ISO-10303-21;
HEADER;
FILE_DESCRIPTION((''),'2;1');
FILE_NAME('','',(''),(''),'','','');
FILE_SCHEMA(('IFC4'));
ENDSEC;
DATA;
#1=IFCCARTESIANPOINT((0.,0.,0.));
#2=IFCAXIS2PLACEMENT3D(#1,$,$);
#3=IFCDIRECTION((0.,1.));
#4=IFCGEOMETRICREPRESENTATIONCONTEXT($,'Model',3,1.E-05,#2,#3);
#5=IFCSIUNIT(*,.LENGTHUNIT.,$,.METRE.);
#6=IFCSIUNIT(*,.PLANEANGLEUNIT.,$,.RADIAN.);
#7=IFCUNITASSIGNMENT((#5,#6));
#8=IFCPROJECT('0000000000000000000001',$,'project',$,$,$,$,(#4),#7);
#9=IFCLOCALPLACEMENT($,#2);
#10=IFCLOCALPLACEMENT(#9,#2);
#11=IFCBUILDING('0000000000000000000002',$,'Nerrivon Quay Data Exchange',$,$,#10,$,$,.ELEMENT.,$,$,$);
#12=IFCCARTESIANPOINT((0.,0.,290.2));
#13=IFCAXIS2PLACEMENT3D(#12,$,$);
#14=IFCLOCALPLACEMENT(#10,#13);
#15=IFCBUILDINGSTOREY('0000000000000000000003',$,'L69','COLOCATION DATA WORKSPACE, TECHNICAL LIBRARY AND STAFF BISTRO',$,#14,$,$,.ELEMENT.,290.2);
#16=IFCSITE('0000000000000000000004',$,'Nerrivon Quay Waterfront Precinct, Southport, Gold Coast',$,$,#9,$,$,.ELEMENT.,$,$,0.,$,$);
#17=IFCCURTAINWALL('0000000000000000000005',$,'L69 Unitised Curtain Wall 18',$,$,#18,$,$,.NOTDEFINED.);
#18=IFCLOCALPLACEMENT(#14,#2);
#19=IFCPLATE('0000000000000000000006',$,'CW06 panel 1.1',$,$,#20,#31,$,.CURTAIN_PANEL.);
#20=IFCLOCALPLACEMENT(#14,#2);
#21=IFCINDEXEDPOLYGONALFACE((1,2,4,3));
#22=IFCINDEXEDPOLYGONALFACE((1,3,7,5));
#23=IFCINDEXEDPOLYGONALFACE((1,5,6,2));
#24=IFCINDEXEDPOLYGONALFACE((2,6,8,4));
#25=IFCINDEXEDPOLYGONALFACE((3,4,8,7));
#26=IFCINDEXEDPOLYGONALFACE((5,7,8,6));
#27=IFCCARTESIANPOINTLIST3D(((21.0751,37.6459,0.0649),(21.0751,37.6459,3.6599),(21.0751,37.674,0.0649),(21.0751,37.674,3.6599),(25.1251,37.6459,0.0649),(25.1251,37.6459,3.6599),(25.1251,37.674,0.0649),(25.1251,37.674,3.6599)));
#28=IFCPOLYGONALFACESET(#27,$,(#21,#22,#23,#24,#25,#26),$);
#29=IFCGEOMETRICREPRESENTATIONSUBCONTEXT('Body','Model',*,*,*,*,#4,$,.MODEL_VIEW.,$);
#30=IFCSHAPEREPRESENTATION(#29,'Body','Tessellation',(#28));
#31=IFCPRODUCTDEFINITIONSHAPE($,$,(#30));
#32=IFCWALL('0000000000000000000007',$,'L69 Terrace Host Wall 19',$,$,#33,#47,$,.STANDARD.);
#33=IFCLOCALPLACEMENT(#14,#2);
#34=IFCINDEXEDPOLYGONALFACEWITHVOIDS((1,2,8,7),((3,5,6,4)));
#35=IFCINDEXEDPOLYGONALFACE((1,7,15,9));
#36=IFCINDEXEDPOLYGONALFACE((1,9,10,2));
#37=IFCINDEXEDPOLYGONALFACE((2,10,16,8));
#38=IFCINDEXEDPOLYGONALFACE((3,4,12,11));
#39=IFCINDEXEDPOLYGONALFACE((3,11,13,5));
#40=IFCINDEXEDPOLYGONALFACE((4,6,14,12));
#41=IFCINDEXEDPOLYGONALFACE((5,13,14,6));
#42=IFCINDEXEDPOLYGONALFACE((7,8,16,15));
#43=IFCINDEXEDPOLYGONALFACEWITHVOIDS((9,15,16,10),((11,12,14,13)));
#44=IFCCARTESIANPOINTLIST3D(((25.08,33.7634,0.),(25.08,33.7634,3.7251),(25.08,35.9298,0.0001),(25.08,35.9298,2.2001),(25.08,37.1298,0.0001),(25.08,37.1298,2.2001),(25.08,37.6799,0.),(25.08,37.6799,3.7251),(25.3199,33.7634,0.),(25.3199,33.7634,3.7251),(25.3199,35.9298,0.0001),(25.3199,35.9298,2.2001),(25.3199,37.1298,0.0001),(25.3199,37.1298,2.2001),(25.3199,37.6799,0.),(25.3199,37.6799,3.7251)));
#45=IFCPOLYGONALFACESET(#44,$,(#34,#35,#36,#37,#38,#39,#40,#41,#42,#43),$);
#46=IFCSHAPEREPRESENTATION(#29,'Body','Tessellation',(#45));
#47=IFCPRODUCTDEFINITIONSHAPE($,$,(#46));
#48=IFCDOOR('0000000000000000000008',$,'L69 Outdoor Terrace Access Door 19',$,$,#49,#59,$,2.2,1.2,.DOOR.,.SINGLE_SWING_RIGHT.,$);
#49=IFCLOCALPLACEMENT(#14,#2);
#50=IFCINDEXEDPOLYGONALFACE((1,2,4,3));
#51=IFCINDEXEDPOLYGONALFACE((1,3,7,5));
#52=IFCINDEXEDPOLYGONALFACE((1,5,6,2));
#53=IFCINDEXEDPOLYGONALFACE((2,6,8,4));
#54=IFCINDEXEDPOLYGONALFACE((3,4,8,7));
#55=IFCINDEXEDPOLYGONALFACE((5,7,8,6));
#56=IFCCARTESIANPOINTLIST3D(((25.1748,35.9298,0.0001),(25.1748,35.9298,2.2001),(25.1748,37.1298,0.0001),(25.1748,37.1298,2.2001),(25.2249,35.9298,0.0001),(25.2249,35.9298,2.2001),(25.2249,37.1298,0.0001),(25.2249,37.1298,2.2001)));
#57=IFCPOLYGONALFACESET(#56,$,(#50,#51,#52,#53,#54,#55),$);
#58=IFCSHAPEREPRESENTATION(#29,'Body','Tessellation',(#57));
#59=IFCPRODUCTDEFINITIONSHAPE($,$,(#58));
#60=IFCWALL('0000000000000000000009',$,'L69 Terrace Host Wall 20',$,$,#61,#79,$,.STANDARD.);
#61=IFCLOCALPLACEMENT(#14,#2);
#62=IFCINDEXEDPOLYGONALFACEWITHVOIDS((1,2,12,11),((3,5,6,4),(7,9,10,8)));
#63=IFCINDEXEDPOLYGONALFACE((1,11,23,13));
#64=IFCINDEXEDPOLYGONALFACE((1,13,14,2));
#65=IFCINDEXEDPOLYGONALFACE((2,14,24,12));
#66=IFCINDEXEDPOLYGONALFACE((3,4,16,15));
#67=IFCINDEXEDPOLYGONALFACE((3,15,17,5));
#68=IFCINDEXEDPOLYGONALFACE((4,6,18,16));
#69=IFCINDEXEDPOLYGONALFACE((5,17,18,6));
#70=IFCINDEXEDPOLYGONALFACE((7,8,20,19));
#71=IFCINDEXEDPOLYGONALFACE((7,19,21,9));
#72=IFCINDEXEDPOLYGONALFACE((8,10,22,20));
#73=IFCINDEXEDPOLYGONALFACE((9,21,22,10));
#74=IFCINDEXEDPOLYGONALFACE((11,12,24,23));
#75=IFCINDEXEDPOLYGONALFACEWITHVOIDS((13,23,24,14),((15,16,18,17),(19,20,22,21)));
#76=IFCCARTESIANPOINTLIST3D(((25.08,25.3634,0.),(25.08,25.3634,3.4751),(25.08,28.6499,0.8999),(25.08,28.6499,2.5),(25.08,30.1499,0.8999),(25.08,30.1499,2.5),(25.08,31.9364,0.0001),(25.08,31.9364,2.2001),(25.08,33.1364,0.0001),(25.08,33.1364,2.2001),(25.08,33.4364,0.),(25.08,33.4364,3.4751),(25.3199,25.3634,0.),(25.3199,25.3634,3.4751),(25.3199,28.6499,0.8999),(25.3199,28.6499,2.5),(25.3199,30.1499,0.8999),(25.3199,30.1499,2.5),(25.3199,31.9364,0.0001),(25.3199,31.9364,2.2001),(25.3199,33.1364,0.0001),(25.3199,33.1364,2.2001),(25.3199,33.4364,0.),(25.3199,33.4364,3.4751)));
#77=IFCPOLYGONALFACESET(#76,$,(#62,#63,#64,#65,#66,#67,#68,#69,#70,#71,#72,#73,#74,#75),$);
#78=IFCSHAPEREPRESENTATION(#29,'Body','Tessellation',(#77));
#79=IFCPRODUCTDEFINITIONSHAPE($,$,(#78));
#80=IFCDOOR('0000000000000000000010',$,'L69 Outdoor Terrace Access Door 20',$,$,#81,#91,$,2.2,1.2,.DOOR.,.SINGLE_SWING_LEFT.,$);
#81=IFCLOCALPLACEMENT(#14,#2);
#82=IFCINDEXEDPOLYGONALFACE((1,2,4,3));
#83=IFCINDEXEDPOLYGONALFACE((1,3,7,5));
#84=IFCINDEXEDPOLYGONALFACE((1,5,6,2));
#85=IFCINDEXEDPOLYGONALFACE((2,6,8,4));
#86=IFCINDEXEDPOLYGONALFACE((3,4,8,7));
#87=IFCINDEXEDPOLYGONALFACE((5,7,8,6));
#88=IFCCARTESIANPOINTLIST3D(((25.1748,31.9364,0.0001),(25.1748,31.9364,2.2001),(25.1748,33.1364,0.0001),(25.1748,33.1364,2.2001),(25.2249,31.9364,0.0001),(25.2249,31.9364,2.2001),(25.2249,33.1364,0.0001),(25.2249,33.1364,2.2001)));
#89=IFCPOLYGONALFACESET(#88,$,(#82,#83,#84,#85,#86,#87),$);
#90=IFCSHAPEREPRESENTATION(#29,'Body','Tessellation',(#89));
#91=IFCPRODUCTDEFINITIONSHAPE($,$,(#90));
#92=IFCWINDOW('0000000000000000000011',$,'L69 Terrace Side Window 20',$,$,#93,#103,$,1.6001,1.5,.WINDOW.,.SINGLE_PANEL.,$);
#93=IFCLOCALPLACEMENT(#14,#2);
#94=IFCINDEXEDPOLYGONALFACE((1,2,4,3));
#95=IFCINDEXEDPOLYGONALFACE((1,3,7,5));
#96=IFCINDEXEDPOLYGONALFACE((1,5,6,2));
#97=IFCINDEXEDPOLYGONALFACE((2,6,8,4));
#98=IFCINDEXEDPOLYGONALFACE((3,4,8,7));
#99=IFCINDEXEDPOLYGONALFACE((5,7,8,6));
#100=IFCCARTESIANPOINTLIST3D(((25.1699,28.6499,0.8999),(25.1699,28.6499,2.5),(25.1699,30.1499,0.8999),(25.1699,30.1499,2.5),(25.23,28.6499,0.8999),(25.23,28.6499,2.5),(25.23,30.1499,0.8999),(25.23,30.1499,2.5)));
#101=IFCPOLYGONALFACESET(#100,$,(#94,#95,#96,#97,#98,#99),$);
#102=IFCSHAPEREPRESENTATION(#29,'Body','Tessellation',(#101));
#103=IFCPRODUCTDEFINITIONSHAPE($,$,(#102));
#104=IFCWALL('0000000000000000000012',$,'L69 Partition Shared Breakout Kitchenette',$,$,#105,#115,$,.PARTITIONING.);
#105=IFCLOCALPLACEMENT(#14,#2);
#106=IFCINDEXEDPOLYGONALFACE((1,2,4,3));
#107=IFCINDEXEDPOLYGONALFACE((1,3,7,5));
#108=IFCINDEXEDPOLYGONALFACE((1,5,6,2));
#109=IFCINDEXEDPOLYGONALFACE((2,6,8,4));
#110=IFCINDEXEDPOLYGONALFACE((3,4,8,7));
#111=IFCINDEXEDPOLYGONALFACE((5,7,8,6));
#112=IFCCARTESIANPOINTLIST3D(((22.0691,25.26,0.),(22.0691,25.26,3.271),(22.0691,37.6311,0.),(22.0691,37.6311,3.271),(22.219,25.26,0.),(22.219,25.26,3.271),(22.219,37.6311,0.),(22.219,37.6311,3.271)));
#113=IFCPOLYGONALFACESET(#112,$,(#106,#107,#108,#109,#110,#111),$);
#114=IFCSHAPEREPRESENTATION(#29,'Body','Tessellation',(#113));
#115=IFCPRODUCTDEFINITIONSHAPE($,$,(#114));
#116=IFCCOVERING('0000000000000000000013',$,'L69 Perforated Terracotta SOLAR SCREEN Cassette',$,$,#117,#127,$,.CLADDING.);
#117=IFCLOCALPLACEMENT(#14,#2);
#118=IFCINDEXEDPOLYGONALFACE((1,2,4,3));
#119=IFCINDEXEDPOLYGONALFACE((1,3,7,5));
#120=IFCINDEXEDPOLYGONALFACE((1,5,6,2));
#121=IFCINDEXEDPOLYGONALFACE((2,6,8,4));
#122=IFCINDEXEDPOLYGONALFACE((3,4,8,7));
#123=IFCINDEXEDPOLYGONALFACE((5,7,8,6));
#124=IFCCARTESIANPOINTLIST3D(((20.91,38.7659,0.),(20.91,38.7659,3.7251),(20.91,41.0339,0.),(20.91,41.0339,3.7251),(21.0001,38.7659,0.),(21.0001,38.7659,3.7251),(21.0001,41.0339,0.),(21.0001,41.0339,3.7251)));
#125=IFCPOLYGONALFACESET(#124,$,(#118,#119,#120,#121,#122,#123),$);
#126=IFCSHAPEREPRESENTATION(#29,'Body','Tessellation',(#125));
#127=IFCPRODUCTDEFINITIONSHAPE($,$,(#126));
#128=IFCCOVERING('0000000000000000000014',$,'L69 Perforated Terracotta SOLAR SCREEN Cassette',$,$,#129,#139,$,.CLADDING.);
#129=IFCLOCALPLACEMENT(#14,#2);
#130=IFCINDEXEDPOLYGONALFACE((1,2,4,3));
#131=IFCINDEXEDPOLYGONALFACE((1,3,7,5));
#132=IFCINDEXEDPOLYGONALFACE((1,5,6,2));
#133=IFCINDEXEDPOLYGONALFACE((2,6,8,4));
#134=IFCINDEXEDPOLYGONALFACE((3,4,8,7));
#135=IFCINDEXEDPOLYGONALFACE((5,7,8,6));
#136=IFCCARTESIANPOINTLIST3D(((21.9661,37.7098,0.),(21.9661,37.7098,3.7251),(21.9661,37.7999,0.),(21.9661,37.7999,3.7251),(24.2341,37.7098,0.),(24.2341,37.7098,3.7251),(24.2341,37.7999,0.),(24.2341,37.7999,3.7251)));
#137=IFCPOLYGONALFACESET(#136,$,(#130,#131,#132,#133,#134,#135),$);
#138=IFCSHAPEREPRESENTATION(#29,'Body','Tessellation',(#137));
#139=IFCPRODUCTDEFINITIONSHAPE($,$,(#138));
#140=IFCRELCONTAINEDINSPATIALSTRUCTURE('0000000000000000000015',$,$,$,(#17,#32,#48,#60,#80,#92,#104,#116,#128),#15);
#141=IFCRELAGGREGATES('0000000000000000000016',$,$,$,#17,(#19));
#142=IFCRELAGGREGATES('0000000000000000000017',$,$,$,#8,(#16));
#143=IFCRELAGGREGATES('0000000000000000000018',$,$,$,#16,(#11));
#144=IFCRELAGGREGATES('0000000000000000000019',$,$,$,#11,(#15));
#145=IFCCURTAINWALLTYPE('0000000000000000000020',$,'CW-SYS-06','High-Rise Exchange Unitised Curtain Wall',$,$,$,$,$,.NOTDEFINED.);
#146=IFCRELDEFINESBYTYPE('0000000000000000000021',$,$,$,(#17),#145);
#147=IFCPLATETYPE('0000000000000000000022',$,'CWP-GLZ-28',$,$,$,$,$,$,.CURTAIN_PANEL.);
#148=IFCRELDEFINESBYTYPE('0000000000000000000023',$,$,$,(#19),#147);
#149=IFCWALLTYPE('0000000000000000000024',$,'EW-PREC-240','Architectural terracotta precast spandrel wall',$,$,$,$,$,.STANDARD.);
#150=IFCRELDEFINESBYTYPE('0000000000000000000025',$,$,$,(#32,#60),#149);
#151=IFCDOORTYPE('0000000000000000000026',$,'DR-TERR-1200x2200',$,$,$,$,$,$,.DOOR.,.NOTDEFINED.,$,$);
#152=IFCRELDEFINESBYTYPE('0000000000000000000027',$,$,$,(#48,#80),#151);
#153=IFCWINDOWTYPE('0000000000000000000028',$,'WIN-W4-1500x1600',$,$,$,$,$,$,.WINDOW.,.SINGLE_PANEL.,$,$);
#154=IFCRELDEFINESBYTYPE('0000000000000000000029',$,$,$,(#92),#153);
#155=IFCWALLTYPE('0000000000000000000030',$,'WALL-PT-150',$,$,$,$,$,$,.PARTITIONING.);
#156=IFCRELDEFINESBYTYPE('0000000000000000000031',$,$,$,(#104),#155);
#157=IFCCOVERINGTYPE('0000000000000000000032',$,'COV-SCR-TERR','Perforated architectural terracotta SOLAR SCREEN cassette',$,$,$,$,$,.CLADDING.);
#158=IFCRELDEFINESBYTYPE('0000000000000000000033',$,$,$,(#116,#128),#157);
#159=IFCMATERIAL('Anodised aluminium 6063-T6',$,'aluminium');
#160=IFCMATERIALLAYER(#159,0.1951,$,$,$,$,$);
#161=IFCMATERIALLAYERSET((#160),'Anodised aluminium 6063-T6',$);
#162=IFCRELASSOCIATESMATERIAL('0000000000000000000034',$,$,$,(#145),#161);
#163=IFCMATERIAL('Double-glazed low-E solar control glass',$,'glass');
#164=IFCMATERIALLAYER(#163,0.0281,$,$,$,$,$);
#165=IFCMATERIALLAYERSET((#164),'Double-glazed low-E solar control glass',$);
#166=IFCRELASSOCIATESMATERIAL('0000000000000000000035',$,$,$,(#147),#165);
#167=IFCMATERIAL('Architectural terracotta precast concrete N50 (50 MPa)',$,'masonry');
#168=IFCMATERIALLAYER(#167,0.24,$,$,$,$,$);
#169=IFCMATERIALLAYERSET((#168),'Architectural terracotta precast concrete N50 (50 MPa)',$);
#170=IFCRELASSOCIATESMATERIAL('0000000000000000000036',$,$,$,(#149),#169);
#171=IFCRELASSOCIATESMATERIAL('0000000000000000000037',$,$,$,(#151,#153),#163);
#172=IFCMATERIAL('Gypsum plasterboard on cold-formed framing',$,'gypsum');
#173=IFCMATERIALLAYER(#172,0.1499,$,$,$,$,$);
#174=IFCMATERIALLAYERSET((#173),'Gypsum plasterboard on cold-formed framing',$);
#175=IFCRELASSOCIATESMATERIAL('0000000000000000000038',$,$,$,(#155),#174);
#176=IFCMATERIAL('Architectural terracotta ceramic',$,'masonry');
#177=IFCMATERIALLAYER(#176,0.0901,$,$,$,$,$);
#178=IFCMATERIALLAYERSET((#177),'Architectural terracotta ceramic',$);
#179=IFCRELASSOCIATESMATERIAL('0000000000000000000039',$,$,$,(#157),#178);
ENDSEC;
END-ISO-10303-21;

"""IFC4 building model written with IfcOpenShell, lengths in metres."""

from ifc_helpers import new_model, si_unit, direction, frame, frame_2d, origin, origin_2d, place, context, subcontext, project, spatial, rectangle, extrude, material, layer, layer_set, type_object, element, fill, aggregate, save


model = new_model("IFC4")

# Units and contexts
model_context = context("Model", 3, precision=1e-05, world=origin(), true_north=direction((0.0, 1.0)))
body_context = subcontext(model_context, "Body", "Model", "MODEL_VIEW")
ifc_project = project(units=[si_unit("LENGTHUNIT", "METRE"), si_unit("PLANEANGLEUNIT", "RADIAN")], contexts=[model_context])

# Site, building, storey
site_placement = place(None, origin())
site = spatial("IfcSite", under=ifc_project, at=site_placement, Name="Nerrivon Quay Waterfront Precinct, Southport, Gold Coast", CompositionType="ELEMENT", RefElevation=0.0)
building_placement = place(site_placement, origin())
building = spatial("IfcBuilding", under=site, at=building_placement, Name="Nerrivon Quay Data Exchange", CompositionType="ELEMENT")
storey_placement = place(building_placement, frame((0.0, 0.0, 290.2)))
storey = spatial("IfcBuildingStorey", under=building, at=storey_placement, Name="L69", Description="COLOCATION DATA WORKSPACE, TECHNICAL LIBRARY AND STAFF BISTRO", CompositionType="ELEMENT", Elevation=290.2)

# Shared definitions
ifc_material_1 = material(Name="Anodised aluminium 6063-T6", Category="aluminium")
ifc_layer_1 = layer(ifc_material_1, 0.1951)
ifc_layer_set_1 = layer_set([ifc_layer_1], Name="Anodised aluminium 6063-T6")
curtain_wall_type = type_object("IfcCurtainWallType", Name="CW-SYS-06", Description="High-Rise Exchange Unitised Curtain Wall", PredefinedType="NOTDEFINED", material=ifc_layer_set_1)

# Curtain wall
curtain_wall_1_placement = place(storey_placement, origin())
curtain_wall_1 = element("IfcCurtainWall", 1, at=curtain_wall_1_placement, inside=storey, type_object=curtain_wall_type, Name="L69 Unitised Curtain Wall 18", PredefinedType="NOTDEFINED")

# Plate
ifc_material_2 = material(Name="Double-glazed low-E solar control glass", Category="glass")
ifc_layer_2 = layer(ifc_material_2, 0.0281)
ifc_layer_set_2 = layer_set([ifc_layer_2], Name="Double-glazed low-E solar control glass")
plate_type = type_object("IfcPlateType", Name="CWP-GLZ-28", PredefinedType="CURTAIN_PANEL", material=ifc_layer_set_2)
plate_placement = place(storey_placement, frame((23.1001, 37.6599, 0.0649), z_axis=(0.0, 0.0, 1.0), x_axis=(1.0, 0.0, 0.0)))
plate = element("IfcPlate", 2, at=plate_placement, type_object=plate_type, Name="CW06 panel 1.1", PredefinedType="CURTAIN_PANEL", context=body_context, shape_type="SweptSolid", body=[
    extrude(rectangle(XDim=4.05, YDim=0.0281, at=origin_2d()), origin(), (0.0, 0.0, 1.0), 3.595),
])
aggregate(curtain_wall_1, [plate])

# Wall, opening, door
ifc_material_3 = material(Name="Architectural terracotta precast concrete N50 (50 MPa)", Category="masonry")
ifc_layer_3 = layer(ifc_material_3, 0.24)
ifc_layer_set_3 = layer_set([ifc_layer_3], Name="Architectural terracotta precast concrete N50 (50 MPa)")
wall_type_1 = type_object("IfcWallType", Name="EW-PREC-240", Description="Architectural terracotta precast spandrel wall", PredefinedType="STANDARD", material=ifc_layer_set_3)
wall_1_placement = place(storey_placement, frame((25.2, 37.6799, 0.0), z_axis=(0.0, 0.0, 1.0), x_axis=(0.0, -1.0, 0.0)))
wall_1 = element("IfcWall", 3, at=wall_1_placement, inside=storey, type_object=wall_type_1, Name="L69 Terrace Host Wall 19", PredefinedType="STANDARD", context=body_context, shape_type="SweptSolid", body=[
    extrude(rectangle(XDim=3.9165, YDim=0.24, at=frame_2d((1.9583, 0.0))), origin(), (0.0, 0.0, 1.0), 3.7251),
])
opening_1_placement = place(wall_1_placement, frame((0.55, 0.0, 0.0)))
opening_1 = element("IfcOpeningElement", 4, at=opening_1_placement, cuts=wall_1, PredefinedType="OPENING", context=body_context, shape_type="SweptSolid", body=[
    extrude(rectangle(XDim=1.2, YDim=2.2, at=frame_2d((0.6001, 1.1001))), frame((0.0, 0.1299, 0.0), z_axis=(0.0, -1.0, 0.0), x_axis=(1.0, 0.0, 0.0)), (0.0, 0.0, 1.0), 0.26),
])
door_type = type_object("IfcDoorType", Name="DR-TERR-1200x2200", OperationType="NOTDEFINED", PredefinedType="DOOR", material=ifc_material_2)
door_1_placement = place(opening_1_placement, origin())
door_1 = element("IfcDoor", 5, at=door_1_placement, inside=storey, type_object=door_type, Name="L69 Outdoor Terrace Access Door 19", OperationType="SINGLE_SWING_RIGHT", OverallHeight=2.2, OverallWidth=1.2, PredefinedType="DOOR", context=body_context, shape_type="SweptSolid", body=[
    extrude(rectangle(XDim=1.2, YDim=2.2, at=frame_2d((0.6001, 1.1001))), frame((0.0, 0.0249, 0.0), z_axis=(0.0, -1.0, 0.0), x_axis=(1.0, 0.0, 0.0)), (0.0, 0.0, 1.0), 0.05),
])
fill(opening_1, door_1)

# Wall, openings, door, window
wall_2_placement = place(storey_placement, frame((25.2, 33.4365, 0.0), z_axis=(0.0, 0.0, 1.0), x_axis=(0.0, -1.0, 0.0)))
wall_2 = element("IfcWall", 6, at=wall_2_placement, inside=storey, type_object=wall_type_1, Name="L69 Terrace Host Wall 20", PredefinedType="STANDARD", context=body_context, shape_type="SweptSolid", body=[
    extrude(rectangle(XDim=8.073, YDim=0.24, at=frame_2d((4.0366, 0.0))), origin(), (0.0, 0.0, 1.0), 3.4751),
])
opening_2_placement = place(wall_2_placement, frame((0.3, 0.0, 0.0)))
opening_2 = element("IfcOpeningElement", 7, at=opening_2_placement, cuts=wall_2, PredefinedType="OPENING", context=body_context, shape_type="SweptSolid", body=[
    extrude(rectangle(XDim=1.2, YDim=2.2, at=frame_2d((0.6001, 1.1001))), frame((0.0, 0.1299, 0.0), z_axis=(0.0, -1.0, 0.0), x_axis=(1.0, 0.0, 0.0)), (0.0, 0.0, 1.0), 0.26),
])
opening_3_placement = place(wall_2_placement, frame((3.2866, 0.0, 0.8999)))
opening_3 = element("IfcOpeningElement", 8, at=opening_3_placement, cuts=wall_2, PredefinedType="OPENING", context=body_context, shape_type="SweptSolid", body=[
    extrude(rectangle(XDim=1.5, YDim=1.6001, at=frame_2d((0.75, 0.8))), frame((0.0, 0.1299, 0.0), z_axis=(0.0, -1.0, 0.0), x_axis=(1.0, 0.0, 0.0)), (0.0, 0.0, 1.0), 0.26),
])
door_2_placement = place(opening_2_placement, origin())
door_2 = element("IfcDoor", 9, at=door_2_placement, inside=storey, type_object=door_type, Name="L69 Outdoor Terrace Access Door 20", OperationType="SINGLE_SWING_LEFT", OverallHeight=2.2, OverallWidth=1.2, PredefinedType="DOOR", context=body_context, shape_type="SweptSolid", body=[
    extrude(rectangle(XDim=1.2, YDim=2.2, at=frame_2d((0.6001, 1.1001))), frame((0.0, 0.0249, 0.0), z_axis=(0.0, -1.0, 0.0), x_axis=(1.0, 0.0, 0.0)), (0.0, 0.0, 1.0), 0.05),
])
fill(opening_2, door_2)
window_type = type_object("IfcWindowType", Name="WIN-W4-1500x1600", PartitioningType="SINGLE_PANEL", PredefinedType="WINDOW", material=ifc_material_2)
window_placement = place(opening_3_placement, origin())
window = element("IfcWindow", 10, at=window_placement, inside=storey, type_object=window_type, Name="L69 Terrace Side Window 20", OverallHeight=1.6001, OverallWidth=1.5, PartitioningType="SINGLE_PANEL", PredefinedType="WINDOW", context=body_context, shape_type="SweptSolid", body=[
    extrude(rectangle(XDim=1.5, YDim=1.6001, at=frame_2d((0.75, 0.8))), frame((0.0, 0.03, 0.0), z_axis=(0.0, -1.0, 0.0), x_axis=(1.0, 0.0, 0.0)), (0.0, 0.0, 1.0), 0.0601),
])
fill(opening_3, window)

# Wall
ifc_material_4 = material(Name="Gypsum plasterboard on cold-formed framing", Category="gypsum")
ifc_layer_4 = layer(ifc_material_4, 0.1499)
ifc_layer_set_4 = layer_set([ifc_layer_4], Name="Gypsum plasterboard on cold-formed framing")
wall_type_2 = type_object("IfcWallType", Name="WALL-PT-150", PredefinedType="PARTITIONING", material=ifc_layer_set_4)
wall_3_placement = place(storey_placement, frame((22.144, 37.6311, 0.0), z_axis=(0.0, 0.0, 1.0), x_axis=(0.0, -1.0, 0.0)))
element("IfcWall", 11, at=wall_3_placement, inside=storey, type_object=wall_type_2, Name="L69 Partition Shared Breakout Kitchenette", PredefinedType="PARTITIONING", context=body_context, shape_type="SweptSolid", body=[
    extrude(rectangle(XDim=12.3711, YDim=0.1499, at=frame_2d((6.1855, 0.0))), origin(), (0.0, 0.0, 1.0), 3.271),
])

# Coverings
ifc_material_5 = material(Name="Architectural terracotta ceramic", Category="masonry")
ifc_layer_5 = layer(ifc_material_5, 0.0901)
ifc_layer_set_5 = layer_set([ifc_layer_5], Name="Architectural terracotta ceramic")
covering_type = type_object("IfcCoveringType", Name="COV-SCR-TERR", Description="Perforated architectural terracotta SOLAR SCREEN cassette", PredefinedType="CLADDING", material=ifc_layer_set_5)
for number, where, z_axis, x_axis, name in (
    (12, (20.9551, 39.8999, 0.0), (0.0, 0.0, 1.0), (0.0, -1.0, 0.0), "L69 Perforated Terracotta SOLAR SCREEN Cassette"),
    (13, (23.1001, 37.7549, 0.0), (0.0, 0.0, 1.0), (1.0, 0.0, 0.0), "L69 Perforated Terracotta SOLAR SCREEN Cassette"),
):
    element("IfcCovering", number, at=place(storey_placement, frame(where, z_axis=z_axis, x_axis=x_axis)), inside=storey, type_object=covering_type, Name=name, PredefinedType="CLADDING", context=body_context, shape_type="SweptSolid", body=[
        extrude(rectangle(XDim=2.2681, YDim=0.0901, at=origin_2d()), origin(), (0.0, 0.0, 1.0), 3.7251),
    ])

save(model, "model.ifc")
